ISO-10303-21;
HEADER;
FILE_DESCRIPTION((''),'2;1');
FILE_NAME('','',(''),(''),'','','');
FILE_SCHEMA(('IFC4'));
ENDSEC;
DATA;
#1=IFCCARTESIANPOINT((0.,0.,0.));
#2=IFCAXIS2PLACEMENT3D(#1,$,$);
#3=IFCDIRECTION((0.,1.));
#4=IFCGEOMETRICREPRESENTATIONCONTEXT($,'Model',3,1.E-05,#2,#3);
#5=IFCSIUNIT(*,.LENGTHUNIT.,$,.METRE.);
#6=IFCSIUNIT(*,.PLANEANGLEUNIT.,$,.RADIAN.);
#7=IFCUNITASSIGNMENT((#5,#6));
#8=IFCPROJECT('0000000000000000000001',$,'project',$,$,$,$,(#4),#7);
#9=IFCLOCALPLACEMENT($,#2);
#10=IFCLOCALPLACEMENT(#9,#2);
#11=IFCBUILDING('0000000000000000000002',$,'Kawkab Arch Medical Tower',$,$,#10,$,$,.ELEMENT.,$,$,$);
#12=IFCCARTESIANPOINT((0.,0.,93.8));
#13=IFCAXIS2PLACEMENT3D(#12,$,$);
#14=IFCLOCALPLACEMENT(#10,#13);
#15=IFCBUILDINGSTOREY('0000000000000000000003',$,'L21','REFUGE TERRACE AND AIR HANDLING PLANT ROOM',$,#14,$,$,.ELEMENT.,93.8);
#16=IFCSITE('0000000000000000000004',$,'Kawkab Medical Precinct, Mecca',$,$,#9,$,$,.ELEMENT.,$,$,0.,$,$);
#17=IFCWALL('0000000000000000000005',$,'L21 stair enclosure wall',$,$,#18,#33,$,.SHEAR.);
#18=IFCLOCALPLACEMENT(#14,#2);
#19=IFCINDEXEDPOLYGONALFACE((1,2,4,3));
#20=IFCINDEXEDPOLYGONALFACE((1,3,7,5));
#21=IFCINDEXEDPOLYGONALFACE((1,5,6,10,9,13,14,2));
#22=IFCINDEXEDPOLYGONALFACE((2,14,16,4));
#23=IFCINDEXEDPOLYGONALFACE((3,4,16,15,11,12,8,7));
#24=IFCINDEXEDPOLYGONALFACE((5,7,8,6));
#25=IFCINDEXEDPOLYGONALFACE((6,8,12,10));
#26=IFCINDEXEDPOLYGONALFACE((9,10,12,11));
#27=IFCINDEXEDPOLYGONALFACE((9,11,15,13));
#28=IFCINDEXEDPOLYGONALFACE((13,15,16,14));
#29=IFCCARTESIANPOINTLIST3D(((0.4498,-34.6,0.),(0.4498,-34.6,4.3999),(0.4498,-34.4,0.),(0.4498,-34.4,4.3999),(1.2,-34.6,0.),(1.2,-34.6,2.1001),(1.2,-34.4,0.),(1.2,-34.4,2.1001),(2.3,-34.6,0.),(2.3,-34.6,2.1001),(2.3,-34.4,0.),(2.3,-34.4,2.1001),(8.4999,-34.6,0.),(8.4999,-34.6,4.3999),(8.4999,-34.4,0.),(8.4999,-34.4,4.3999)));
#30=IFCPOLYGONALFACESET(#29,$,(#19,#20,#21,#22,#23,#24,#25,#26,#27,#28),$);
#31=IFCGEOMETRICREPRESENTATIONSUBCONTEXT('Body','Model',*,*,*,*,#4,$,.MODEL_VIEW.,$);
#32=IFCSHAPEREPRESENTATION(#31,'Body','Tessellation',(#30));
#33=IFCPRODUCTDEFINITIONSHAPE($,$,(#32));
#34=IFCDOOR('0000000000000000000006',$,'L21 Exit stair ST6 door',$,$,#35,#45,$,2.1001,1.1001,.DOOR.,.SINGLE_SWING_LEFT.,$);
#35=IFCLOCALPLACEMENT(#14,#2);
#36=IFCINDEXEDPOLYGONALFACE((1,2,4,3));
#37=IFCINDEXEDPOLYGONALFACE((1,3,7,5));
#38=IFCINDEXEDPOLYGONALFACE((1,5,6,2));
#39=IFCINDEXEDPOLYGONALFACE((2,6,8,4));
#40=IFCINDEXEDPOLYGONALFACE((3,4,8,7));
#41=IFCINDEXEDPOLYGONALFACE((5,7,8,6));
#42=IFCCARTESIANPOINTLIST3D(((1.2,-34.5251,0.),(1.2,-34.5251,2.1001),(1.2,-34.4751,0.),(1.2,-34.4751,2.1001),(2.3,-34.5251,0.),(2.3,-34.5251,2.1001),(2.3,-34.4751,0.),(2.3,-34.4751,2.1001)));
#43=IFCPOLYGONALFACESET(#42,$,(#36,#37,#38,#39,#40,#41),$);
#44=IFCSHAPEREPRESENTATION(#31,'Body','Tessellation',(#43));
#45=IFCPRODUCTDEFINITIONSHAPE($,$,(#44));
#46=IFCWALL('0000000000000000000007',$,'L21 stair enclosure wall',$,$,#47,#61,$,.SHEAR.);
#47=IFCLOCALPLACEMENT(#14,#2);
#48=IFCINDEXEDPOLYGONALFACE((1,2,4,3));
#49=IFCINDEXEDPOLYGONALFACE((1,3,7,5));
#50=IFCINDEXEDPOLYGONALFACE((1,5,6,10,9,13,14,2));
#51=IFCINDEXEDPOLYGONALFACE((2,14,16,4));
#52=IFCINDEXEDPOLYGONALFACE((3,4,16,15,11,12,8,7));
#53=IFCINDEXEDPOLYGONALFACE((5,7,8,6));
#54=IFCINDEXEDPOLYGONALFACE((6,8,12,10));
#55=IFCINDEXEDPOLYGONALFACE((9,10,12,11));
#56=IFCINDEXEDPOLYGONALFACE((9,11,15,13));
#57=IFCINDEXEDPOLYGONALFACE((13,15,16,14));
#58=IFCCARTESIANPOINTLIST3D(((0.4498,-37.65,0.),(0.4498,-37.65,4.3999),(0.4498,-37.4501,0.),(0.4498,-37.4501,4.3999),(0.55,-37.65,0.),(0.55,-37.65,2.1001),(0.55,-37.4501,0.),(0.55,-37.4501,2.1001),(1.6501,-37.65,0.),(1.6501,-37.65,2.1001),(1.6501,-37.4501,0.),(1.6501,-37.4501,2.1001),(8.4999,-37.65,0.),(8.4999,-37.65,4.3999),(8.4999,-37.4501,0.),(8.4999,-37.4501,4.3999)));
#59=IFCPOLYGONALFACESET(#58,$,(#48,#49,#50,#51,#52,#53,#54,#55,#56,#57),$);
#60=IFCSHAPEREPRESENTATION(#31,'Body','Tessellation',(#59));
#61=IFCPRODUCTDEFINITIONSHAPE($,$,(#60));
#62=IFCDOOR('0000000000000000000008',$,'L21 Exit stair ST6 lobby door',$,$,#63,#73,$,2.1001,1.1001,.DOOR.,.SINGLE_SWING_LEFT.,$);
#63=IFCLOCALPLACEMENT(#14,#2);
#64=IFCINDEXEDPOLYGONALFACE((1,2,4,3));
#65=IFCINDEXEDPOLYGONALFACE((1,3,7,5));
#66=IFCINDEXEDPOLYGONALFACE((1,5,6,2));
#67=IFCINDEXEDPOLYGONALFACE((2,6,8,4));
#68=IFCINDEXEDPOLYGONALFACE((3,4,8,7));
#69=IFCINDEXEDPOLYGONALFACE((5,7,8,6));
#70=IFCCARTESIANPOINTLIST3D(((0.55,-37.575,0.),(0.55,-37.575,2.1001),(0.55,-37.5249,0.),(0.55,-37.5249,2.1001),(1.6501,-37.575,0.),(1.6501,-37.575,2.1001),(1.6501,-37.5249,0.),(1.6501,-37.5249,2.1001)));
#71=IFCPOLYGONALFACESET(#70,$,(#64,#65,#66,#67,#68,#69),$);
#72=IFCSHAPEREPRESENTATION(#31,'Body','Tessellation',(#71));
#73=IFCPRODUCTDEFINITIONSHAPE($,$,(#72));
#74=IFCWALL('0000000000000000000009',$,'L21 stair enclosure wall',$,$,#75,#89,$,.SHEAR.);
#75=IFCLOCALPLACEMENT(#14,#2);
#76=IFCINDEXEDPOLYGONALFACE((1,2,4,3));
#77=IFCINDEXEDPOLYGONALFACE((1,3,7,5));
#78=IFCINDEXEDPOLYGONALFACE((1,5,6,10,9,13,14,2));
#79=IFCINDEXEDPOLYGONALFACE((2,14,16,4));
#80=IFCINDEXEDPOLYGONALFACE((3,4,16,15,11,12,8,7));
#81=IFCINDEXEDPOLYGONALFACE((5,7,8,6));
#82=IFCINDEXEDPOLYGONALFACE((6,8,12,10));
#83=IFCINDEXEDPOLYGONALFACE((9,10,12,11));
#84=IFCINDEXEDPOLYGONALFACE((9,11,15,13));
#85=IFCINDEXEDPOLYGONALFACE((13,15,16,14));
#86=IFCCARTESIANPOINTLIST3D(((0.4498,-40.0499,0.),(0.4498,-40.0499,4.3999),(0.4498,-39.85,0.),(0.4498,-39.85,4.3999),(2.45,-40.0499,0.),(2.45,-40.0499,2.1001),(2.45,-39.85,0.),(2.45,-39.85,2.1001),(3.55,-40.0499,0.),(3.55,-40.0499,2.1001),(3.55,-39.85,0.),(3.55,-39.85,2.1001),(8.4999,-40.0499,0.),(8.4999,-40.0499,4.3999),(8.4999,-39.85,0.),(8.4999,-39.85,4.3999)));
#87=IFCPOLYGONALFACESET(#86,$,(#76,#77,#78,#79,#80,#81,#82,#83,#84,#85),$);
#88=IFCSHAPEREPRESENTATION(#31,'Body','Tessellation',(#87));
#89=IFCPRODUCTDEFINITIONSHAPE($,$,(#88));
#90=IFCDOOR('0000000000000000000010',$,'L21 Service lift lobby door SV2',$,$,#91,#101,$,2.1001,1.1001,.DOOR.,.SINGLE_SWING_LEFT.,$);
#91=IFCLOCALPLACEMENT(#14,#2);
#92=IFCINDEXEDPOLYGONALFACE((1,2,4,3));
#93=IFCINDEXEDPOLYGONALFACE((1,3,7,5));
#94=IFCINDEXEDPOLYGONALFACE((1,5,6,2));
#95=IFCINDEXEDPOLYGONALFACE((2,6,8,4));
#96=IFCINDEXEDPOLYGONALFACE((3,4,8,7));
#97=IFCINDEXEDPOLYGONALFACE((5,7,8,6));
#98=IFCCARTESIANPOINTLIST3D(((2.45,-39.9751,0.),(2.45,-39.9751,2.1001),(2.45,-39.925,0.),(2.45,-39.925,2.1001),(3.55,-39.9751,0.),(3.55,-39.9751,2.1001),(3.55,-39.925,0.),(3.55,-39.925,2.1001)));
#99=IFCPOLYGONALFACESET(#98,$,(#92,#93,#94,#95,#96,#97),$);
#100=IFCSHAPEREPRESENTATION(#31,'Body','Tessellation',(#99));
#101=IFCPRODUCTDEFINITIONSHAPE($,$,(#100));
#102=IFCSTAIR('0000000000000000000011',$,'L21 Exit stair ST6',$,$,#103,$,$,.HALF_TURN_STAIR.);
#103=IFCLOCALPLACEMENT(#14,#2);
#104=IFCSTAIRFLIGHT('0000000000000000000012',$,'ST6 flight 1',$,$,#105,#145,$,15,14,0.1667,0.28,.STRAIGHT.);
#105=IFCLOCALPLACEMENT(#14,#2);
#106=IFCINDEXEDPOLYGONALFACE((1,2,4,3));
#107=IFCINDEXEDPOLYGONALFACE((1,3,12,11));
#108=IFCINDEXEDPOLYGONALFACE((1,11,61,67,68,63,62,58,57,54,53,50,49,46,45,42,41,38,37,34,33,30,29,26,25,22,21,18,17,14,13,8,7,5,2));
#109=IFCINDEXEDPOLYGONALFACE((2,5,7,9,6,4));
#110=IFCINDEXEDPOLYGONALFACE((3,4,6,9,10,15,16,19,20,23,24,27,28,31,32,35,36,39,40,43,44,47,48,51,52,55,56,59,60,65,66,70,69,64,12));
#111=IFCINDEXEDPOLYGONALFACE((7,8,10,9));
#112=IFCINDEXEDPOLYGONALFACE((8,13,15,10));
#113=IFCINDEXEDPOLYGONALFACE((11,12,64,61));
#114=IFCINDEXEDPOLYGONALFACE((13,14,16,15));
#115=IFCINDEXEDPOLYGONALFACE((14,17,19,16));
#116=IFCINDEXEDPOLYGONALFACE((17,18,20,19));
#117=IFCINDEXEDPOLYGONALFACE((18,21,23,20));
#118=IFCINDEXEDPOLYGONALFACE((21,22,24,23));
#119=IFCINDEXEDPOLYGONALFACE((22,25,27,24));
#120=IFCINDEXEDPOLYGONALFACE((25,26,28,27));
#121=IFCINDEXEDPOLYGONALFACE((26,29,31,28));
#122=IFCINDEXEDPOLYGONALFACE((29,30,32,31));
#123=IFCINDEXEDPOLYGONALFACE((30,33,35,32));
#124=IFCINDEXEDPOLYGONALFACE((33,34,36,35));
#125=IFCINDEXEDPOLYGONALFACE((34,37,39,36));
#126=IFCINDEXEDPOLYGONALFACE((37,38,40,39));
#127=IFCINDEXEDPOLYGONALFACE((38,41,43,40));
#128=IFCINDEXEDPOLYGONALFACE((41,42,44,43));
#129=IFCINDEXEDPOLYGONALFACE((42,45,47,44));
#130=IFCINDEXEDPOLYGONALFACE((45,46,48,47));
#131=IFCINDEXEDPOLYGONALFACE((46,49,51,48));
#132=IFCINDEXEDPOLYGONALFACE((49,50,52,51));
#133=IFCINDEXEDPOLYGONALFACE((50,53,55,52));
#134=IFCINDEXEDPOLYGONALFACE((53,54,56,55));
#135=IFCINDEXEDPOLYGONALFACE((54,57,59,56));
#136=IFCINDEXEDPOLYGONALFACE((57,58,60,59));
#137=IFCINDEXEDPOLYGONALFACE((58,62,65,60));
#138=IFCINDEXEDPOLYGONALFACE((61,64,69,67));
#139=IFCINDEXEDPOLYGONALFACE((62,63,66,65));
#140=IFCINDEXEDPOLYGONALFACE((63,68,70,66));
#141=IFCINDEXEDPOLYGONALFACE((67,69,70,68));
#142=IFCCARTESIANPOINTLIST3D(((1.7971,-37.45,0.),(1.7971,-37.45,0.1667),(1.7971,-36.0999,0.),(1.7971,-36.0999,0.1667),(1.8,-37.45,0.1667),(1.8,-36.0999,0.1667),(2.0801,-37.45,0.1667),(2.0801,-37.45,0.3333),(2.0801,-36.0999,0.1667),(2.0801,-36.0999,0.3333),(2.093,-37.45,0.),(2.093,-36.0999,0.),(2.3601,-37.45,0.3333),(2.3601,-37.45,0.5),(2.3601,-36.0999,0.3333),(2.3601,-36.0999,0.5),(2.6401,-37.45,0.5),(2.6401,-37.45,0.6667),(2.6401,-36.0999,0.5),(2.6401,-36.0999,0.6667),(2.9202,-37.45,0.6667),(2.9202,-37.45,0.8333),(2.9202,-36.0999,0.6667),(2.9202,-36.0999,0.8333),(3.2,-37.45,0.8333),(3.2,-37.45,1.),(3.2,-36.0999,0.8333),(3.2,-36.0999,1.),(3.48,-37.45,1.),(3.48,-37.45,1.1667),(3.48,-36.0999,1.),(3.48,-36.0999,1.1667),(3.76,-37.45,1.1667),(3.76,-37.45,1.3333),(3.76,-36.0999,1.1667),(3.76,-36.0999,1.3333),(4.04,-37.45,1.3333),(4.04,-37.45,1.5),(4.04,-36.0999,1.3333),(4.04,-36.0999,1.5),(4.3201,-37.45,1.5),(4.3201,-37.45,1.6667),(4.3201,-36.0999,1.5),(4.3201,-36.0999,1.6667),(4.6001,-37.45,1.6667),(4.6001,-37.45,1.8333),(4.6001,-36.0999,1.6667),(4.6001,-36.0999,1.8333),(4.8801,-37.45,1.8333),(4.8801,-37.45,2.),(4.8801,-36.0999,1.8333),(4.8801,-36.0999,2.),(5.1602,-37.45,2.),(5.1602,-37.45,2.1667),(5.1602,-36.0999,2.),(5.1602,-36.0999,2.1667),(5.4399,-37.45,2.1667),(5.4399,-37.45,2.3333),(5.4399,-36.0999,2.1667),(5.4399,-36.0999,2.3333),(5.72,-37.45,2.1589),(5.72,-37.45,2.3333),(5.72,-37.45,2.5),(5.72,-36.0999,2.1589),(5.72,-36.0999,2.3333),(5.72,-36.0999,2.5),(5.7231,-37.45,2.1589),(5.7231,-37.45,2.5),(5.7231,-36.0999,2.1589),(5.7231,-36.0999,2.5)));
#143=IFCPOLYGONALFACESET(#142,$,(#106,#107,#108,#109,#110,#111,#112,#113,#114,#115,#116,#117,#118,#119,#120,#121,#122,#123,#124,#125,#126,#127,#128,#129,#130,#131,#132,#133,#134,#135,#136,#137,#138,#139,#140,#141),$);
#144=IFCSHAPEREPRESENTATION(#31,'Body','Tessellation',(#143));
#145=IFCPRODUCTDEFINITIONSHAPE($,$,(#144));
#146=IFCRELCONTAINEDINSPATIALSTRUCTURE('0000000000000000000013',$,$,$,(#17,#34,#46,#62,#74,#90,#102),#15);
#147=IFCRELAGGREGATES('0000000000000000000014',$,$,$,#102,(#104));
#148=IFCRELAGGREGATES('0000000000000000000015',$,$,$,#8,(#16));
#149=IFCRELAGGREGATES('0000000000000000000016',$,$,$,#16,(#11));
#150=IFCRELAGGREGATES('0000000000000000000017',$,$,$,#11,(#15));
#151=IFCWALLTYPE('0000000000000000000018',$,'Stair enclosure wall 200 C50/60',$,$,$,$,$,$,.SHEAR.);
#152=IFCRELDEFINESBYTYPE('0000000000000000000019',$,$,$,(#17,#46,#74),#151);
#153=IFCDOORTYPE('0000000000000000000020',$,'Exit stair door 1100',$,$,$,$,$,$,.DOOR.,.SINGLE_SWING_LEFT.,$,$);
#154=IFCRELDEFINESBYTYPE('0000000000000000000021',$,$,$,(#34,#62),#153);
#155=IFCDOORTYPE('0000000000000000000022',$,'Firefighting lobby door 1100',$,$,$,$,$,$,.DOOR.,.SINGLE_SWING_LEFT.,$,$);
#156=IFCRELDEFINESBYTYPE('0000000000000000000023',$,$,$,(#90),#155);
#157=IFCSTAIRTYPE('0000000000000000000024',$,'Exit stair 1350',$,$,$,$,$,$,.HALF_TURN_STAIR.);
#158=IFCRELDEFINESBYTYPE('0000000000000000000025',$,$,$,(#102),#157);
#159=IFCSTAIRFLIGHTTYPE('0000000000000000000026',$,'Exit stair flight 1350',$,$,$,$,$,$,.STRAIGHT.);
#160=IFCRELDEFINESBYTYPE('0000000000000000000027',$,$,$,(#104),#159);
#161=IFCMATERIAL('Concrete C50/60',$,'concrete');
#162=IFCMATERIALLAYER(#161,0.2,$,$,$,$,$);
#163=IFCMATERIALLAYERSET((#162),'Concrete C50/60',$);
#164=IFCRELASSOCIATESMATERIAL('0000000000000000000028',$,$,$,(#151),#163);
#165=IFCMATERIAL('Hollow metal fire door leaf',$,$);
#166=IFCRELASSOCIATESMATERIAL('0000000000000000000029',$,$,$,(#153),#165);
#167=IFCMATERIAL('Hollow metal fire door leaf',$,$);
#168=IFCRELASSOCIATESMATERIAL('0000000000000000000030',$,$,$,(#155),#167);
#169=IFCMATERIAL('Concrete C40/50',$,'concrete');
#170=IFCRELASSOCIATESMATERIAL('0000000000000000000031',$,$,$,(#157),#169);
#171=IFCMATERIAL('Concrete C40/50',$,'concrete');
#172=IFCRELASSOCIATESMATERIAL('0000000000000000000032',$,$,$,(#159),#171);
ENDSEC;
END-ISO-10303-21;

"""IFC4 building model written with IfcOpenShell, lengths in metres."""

from ifc_helpers import new_model, si_unit, direction, frame, frame_2d, origin, place, context, subcontext, project, spatial, polyline, rectangle, outline, extrude, material, layer, layer_set, type_object, element, fill, aggregate, save


model = new_model("IFC4")

# Units and contexts
model_context = context("Model", 3, precision=1e-05, world=origin(), true_north=direction((0.0, 1.0)))
body_context = subcontext(model_context, "Body", "Model", "MODEL_VIEW")
ifc_project = project(units=[si_unit("LENGTHUNIT", "METRE"), si_unit("PLANEANGLEUNIT", "RADIAN")], contexts=[model_context])

# Site, building, storey
site_placement = place(None, origin())
site = spatial("IfcSite", under=ifc_project, at=site_placement, Name="Kawkab Medical Precinct, Mecca", CompositionType="ELEMENT", RefElevation=0.0)
building_placement = place(site_placement, origin())
building = spatial("IfcBuilding", under=site, at=building_placement, Name="Kawkab Arch Medical Tower", CompositionType="ELEMENT")
storey_placement = place(building_placement, frame((0.0, 0.0, 93.8)))
storey = spatial("IfcBuildingStorey", under=building, at=storey_placement, Name="L21", Description="REFUGE TERRACE AND AIR HANDLING PLANT ROOM", CompositionType="ELEMENT", Elevation=93.8)

# Shared definitions
placement = place(storey_placement, origin())

# Walls, openings, doors
ifc_material_1 = material(Name="Concrete C50/60", Category="concrete")
ifc_layer_1 = layer(ifc_material_1, 0.2)
ifc_layer_set_1 = layer_set([ifc_layer_1], Name="Concrete C50/60")
wall_type_1 = type_object("IfcWallType", Name="Stair enclosure wall 200 C50/60", PredefinedType="SHEAR", material=ifc_layer_set_1)
wall_1_placement = place(storey_placement, frame((0.45, -34.5, 0.0), z_axis=(0.0, 0.0, 1.0), x_axis=(1.0, 0.0, 0.0)))
wall_1 = element("IfcWall", 1, at=wall_1_placement, inside=storey, type_object=wall_type_1, Name="L21 stair enclosure wall", PredefinedType="SHEAR", context=body_context, shape_type="SweptSolid", body=[
    extrude(rectangle(XDim=8.05, YDim=0.2, at=frame_2d((4.0249, 0.0))), origin(), (0.0, 0.0, 1.0), 4.3999),
])
opening_1_placement = place(wall_1_placement, frame((0.75, 0.0, 0.0)))
opening_1 = element("IfcOpeningElement", 2, at=opening_1_placement, cuts=wall_1, PredefinedType="OPENING", context=body_context, shape_type="SweptSolid", body=[
    extrude(rectangle(XDim=1.1001, YDim=2.1001, at=frame_2d((0.55, 1.05))), frame((0.0, 0.1099, 0.0), z_axis=(0.0, -1.0, 0.0), x_axis=(1.0, 0.0, 0.0)), (0.0, 0.0, 1.0), 0.22),
])
ifc_material_2 = material(Name="Hollow metal fire door leaf")
door_type_1 = type_object("IfcDoorType", Name="Exit stair door 1100", OperationType="SINGLE_SWING_LEFT", PredefinedType="DOOR", material=ifc_material_2)
door_1_placement = place(opening_1_placement, origin())
door_1 = element("IfcDoor", 3, at=door_1_placement, inside=storey, type_object=door_type_1, Name="L21 Exit stair ST6 door", OperationType="SINGLE_SWING_LEFT", OverallHeight=2.1001, OverallWidth=1.1001, PredefinedType="DOOR", context=body_context, shape_type="SweptSolid", body=[
    extrude(rectangle(XDim=1.1001, YDim=2.1001, at=frame_2d((0.55, 1.05))), frame((0.0, 0.0249, 0.0), z_axis=(0.0, -1.0, 0.0), x_axis=(1.0, 0.0, 0.0)), (0.0, 0.0, 1.0), 0.05),
])
fill(opening_1, door_1)
wall_2_placement = place(storey_placement, frame((0.45, -37.55, 0.0), z_axis=(0.0, 0.0, 1.0), x_axis=(1.0, 0.0, 0.0)))
wall_2 = element("IfcWall", 4, at=wall_2_placement, inside=storey, type_object=wall_type_1, Name="L21 stair enclosure wall", PredefinedType="SHEAR", context=body_context, shape_type="SweptSolid", body=[
    extrude(rectangle(XDim=8.05, YDim=0.2, at=frame_2d((4.0249, 0.0))), origin(), (0.0, 0.0, 1.0), 4.3999),
])
opening_2_placement = place(wall_2_placement, frame((0.1001, 0.0, 0.0)))
opening_2 = element("IfcOpeningElement", 5, at=opening_2_placement, cuts=wall_2, PredefinedType="OPENING", context=body_context, shape_type="SweptSolid", body=[
    extrude(rectangle(XDim=1.1001, YDim=2.1001, at=frame_2d((0.55, 1.05))), frame((0.0, 0.1099, 0.0), z_axis=(0.0, -1.0, 0.0), x_axis=(1.0, 0.0, 0.0)), (0.0, 0.0, 1.0), 0.22),
])
door_2_placement = place(opening_2_placement, frame((1.1001, 0.0, 0.0), z_axis=(0.0, 0.0, 1.0), x_axis=(-1.0, 0.0, 0.0)))
door_2 = element("IfcDoor", 6, at=door_2_placement, inside=storey, type_object=door_type_1, Name="L21 Exit stair ST6 lobby door", OperationType="SINGLE_SWING_LEFT", OverallHeight=2.1001, OverallWidth=1.1001, PredefinedType="DOOR", context=body_context, shape_type="SweptSolid", body=[
    extrude(rectangle(XDim=1.1001, YDim=2.1001, at=frame_2d((0.55, 1.05))), frame((0.0, 0.0249, 0.0), z_axis=(0.0, -1.0, 0.0), x_axis=(1.0, 0.0, 0.0)), (0.0, 0.0, 1.0), 0.05),
])
fill(opening_2, door_2)
wall_3_placement = place(storey_placement, frame((0.45, -39.95, 0.0), z_axis=(0.0, 0.0, 1.0), x_axis=(1.0, 0.0, 0.0)))
wall_3 = element("IfcWall", 7, at=wall_3_placement, inside=storey, type_object=wall_type_1, Name="L21 stair enclosure wall", PredefinedType="SHEAR", context=body_context, shape_type="SweptSolid", body=[
    extrude(rectangle(XDim=8.05, YDim=0.2, at=frame_2d((4.0249, 0.0))), origin(), (0.0, 0.0, 1.0), 4.3999),
])
opening_3_placement = place(wall_3_placement, frame((2.0, 0.0, 0.0)))
opening_3 = element("IfcOpeningElement", 8, at=opening_3_placement, cuts=wall_3, PredefinedType="OPENING", context=body_context, shape_type="SweptSolid", body=[
    extrude(rectangle(XDim=1.1001, YDim=2.1001, at=frame_2d((0.55, 1.05))), frame((0.0, 0.1099, 0.0), z_axis=(0.0, -1.0, 0.0), x_axis=(1.0, 0.0, 0.0)), (0.0, 0.0, 1.0), 0.22),
])
ifc_material_3 = material(Name="Hollow metal fire door leaf")
door_type_2 = type_object("IfcDoorType", Name="Firefighting lobby door 1100", OperationType="SINGLE_SWING_LEFT", PredefinedType="DOOR", material=ifc_material_3)
door_3_placement = place(opening_3_placement, origin())
door_3 = element("IfcDoor", 9, at=door_3_placement, inside=storey, type_object=door_type_2, Name="L21 Service lift lobby door SV2", OperationType="SINGLE_SWING_LEFT", OverallHeight=2.1001, OverallWidth=1.1001, PredefinedType="DOOR", context=body_context, shape_type="SweptSolid", body=[
    extrude(rectangle(XDim=1.1001, YDim=2.1001, at=frame_2d((0.55, 1.05))), frame((0.0, 0.0249, 0.0), z_axis=(0.0, -1.0, 0.0), x_axis=(1.0, 0.0, 0.0)), (0.0, 0.0, 1.0), 0.05),
])
fill(opening_3, door_3)

# Stair, stair flight
ifc_material_4 = material(Name="Concrete C40/50", Category="concrete")
stair_type = type_object("IfcStairType", Name="Exit stair 1350", PredefinedType="HALF_TURN_STAIR", material=ifc_material_4)
stair = element("IfcStair", 10, at=placement, inside=storey, type_object=stair_type, Name="L21 Exit stair ST6", PredefinedType="HALF_TURN_STAIR")
ifc_material_5 = material(Name="Concrete C40/50", Category="concrete")
stair_flight_type = type_object("IfcStairFlightType", Name="Exit stair flight 1350", PredefinedType="STRAIGHT", material=ifc_material_5)
stair_flight_placement = place(storey_placement, frame((1.8, -36.7749, 0.0), z_axis=(0.0, 0.0, 1.0), x_axis=(1.0, 0.0, 0.0)))
stair_flight = element("IfcStairFlight", 11, at=stair_flight_placement, type_object=stair_flight_type, Name="ST6 flight 1", NumberOfRisers=15, NumberOfTreads=14, PredefinedType="STRAIGHT", RiserHeight=0.1667, TreadLength=0.28, context=body_context, shape_type="SweptSolid", body=[
    extrude(outline(polyline([(-0.0029, 0.0), (-0.0029, 0.1667), (0.0, 0.1667), (0.28, 0.1667), (0.28, 0.3333), (0.5601, 0.3333), (0.5601, 0.5), (0.8401, 0.5), (0.8401, 0.6667), (1.1201, 0.6667), (1.1201, 0.8333), (1.3999, 0.8333), (1.3999, 1.0), (1.6799, 1.0), (1.6799, 1.1667), (1.96, 1.1667), (1.96, 1.3333), (2.24, 1.3333), (2.24, 1.5), (2.52, 1.5), (2.52, 1.6667), (2.8, 1.6667), (2.8, 1.8333), (3.0801, 1.8333), (3.0801, 2.0), (3.3601, 2.0), (3.3601, 2.1667), (3.6399, 2.1667), (3.6399, 2.3333), (3.9199, 2.3333), (3.9199, 2.5), (3.9231, 2.5), (3.9231, 2.1589), (3.9199, 2.1589), (0.293, 0.0), (-0.0029, 0.0)])), frame((0.0, 0.675, 0.0), z_axis=(0.0, -1.0, 0.0), x_axis=(1.0, 0.0, 0.0)), (0.0, 0.0, 1.0), 1.3501),
])
aggregate(stair, [stair_flight])

save(model, "model.ifc")
